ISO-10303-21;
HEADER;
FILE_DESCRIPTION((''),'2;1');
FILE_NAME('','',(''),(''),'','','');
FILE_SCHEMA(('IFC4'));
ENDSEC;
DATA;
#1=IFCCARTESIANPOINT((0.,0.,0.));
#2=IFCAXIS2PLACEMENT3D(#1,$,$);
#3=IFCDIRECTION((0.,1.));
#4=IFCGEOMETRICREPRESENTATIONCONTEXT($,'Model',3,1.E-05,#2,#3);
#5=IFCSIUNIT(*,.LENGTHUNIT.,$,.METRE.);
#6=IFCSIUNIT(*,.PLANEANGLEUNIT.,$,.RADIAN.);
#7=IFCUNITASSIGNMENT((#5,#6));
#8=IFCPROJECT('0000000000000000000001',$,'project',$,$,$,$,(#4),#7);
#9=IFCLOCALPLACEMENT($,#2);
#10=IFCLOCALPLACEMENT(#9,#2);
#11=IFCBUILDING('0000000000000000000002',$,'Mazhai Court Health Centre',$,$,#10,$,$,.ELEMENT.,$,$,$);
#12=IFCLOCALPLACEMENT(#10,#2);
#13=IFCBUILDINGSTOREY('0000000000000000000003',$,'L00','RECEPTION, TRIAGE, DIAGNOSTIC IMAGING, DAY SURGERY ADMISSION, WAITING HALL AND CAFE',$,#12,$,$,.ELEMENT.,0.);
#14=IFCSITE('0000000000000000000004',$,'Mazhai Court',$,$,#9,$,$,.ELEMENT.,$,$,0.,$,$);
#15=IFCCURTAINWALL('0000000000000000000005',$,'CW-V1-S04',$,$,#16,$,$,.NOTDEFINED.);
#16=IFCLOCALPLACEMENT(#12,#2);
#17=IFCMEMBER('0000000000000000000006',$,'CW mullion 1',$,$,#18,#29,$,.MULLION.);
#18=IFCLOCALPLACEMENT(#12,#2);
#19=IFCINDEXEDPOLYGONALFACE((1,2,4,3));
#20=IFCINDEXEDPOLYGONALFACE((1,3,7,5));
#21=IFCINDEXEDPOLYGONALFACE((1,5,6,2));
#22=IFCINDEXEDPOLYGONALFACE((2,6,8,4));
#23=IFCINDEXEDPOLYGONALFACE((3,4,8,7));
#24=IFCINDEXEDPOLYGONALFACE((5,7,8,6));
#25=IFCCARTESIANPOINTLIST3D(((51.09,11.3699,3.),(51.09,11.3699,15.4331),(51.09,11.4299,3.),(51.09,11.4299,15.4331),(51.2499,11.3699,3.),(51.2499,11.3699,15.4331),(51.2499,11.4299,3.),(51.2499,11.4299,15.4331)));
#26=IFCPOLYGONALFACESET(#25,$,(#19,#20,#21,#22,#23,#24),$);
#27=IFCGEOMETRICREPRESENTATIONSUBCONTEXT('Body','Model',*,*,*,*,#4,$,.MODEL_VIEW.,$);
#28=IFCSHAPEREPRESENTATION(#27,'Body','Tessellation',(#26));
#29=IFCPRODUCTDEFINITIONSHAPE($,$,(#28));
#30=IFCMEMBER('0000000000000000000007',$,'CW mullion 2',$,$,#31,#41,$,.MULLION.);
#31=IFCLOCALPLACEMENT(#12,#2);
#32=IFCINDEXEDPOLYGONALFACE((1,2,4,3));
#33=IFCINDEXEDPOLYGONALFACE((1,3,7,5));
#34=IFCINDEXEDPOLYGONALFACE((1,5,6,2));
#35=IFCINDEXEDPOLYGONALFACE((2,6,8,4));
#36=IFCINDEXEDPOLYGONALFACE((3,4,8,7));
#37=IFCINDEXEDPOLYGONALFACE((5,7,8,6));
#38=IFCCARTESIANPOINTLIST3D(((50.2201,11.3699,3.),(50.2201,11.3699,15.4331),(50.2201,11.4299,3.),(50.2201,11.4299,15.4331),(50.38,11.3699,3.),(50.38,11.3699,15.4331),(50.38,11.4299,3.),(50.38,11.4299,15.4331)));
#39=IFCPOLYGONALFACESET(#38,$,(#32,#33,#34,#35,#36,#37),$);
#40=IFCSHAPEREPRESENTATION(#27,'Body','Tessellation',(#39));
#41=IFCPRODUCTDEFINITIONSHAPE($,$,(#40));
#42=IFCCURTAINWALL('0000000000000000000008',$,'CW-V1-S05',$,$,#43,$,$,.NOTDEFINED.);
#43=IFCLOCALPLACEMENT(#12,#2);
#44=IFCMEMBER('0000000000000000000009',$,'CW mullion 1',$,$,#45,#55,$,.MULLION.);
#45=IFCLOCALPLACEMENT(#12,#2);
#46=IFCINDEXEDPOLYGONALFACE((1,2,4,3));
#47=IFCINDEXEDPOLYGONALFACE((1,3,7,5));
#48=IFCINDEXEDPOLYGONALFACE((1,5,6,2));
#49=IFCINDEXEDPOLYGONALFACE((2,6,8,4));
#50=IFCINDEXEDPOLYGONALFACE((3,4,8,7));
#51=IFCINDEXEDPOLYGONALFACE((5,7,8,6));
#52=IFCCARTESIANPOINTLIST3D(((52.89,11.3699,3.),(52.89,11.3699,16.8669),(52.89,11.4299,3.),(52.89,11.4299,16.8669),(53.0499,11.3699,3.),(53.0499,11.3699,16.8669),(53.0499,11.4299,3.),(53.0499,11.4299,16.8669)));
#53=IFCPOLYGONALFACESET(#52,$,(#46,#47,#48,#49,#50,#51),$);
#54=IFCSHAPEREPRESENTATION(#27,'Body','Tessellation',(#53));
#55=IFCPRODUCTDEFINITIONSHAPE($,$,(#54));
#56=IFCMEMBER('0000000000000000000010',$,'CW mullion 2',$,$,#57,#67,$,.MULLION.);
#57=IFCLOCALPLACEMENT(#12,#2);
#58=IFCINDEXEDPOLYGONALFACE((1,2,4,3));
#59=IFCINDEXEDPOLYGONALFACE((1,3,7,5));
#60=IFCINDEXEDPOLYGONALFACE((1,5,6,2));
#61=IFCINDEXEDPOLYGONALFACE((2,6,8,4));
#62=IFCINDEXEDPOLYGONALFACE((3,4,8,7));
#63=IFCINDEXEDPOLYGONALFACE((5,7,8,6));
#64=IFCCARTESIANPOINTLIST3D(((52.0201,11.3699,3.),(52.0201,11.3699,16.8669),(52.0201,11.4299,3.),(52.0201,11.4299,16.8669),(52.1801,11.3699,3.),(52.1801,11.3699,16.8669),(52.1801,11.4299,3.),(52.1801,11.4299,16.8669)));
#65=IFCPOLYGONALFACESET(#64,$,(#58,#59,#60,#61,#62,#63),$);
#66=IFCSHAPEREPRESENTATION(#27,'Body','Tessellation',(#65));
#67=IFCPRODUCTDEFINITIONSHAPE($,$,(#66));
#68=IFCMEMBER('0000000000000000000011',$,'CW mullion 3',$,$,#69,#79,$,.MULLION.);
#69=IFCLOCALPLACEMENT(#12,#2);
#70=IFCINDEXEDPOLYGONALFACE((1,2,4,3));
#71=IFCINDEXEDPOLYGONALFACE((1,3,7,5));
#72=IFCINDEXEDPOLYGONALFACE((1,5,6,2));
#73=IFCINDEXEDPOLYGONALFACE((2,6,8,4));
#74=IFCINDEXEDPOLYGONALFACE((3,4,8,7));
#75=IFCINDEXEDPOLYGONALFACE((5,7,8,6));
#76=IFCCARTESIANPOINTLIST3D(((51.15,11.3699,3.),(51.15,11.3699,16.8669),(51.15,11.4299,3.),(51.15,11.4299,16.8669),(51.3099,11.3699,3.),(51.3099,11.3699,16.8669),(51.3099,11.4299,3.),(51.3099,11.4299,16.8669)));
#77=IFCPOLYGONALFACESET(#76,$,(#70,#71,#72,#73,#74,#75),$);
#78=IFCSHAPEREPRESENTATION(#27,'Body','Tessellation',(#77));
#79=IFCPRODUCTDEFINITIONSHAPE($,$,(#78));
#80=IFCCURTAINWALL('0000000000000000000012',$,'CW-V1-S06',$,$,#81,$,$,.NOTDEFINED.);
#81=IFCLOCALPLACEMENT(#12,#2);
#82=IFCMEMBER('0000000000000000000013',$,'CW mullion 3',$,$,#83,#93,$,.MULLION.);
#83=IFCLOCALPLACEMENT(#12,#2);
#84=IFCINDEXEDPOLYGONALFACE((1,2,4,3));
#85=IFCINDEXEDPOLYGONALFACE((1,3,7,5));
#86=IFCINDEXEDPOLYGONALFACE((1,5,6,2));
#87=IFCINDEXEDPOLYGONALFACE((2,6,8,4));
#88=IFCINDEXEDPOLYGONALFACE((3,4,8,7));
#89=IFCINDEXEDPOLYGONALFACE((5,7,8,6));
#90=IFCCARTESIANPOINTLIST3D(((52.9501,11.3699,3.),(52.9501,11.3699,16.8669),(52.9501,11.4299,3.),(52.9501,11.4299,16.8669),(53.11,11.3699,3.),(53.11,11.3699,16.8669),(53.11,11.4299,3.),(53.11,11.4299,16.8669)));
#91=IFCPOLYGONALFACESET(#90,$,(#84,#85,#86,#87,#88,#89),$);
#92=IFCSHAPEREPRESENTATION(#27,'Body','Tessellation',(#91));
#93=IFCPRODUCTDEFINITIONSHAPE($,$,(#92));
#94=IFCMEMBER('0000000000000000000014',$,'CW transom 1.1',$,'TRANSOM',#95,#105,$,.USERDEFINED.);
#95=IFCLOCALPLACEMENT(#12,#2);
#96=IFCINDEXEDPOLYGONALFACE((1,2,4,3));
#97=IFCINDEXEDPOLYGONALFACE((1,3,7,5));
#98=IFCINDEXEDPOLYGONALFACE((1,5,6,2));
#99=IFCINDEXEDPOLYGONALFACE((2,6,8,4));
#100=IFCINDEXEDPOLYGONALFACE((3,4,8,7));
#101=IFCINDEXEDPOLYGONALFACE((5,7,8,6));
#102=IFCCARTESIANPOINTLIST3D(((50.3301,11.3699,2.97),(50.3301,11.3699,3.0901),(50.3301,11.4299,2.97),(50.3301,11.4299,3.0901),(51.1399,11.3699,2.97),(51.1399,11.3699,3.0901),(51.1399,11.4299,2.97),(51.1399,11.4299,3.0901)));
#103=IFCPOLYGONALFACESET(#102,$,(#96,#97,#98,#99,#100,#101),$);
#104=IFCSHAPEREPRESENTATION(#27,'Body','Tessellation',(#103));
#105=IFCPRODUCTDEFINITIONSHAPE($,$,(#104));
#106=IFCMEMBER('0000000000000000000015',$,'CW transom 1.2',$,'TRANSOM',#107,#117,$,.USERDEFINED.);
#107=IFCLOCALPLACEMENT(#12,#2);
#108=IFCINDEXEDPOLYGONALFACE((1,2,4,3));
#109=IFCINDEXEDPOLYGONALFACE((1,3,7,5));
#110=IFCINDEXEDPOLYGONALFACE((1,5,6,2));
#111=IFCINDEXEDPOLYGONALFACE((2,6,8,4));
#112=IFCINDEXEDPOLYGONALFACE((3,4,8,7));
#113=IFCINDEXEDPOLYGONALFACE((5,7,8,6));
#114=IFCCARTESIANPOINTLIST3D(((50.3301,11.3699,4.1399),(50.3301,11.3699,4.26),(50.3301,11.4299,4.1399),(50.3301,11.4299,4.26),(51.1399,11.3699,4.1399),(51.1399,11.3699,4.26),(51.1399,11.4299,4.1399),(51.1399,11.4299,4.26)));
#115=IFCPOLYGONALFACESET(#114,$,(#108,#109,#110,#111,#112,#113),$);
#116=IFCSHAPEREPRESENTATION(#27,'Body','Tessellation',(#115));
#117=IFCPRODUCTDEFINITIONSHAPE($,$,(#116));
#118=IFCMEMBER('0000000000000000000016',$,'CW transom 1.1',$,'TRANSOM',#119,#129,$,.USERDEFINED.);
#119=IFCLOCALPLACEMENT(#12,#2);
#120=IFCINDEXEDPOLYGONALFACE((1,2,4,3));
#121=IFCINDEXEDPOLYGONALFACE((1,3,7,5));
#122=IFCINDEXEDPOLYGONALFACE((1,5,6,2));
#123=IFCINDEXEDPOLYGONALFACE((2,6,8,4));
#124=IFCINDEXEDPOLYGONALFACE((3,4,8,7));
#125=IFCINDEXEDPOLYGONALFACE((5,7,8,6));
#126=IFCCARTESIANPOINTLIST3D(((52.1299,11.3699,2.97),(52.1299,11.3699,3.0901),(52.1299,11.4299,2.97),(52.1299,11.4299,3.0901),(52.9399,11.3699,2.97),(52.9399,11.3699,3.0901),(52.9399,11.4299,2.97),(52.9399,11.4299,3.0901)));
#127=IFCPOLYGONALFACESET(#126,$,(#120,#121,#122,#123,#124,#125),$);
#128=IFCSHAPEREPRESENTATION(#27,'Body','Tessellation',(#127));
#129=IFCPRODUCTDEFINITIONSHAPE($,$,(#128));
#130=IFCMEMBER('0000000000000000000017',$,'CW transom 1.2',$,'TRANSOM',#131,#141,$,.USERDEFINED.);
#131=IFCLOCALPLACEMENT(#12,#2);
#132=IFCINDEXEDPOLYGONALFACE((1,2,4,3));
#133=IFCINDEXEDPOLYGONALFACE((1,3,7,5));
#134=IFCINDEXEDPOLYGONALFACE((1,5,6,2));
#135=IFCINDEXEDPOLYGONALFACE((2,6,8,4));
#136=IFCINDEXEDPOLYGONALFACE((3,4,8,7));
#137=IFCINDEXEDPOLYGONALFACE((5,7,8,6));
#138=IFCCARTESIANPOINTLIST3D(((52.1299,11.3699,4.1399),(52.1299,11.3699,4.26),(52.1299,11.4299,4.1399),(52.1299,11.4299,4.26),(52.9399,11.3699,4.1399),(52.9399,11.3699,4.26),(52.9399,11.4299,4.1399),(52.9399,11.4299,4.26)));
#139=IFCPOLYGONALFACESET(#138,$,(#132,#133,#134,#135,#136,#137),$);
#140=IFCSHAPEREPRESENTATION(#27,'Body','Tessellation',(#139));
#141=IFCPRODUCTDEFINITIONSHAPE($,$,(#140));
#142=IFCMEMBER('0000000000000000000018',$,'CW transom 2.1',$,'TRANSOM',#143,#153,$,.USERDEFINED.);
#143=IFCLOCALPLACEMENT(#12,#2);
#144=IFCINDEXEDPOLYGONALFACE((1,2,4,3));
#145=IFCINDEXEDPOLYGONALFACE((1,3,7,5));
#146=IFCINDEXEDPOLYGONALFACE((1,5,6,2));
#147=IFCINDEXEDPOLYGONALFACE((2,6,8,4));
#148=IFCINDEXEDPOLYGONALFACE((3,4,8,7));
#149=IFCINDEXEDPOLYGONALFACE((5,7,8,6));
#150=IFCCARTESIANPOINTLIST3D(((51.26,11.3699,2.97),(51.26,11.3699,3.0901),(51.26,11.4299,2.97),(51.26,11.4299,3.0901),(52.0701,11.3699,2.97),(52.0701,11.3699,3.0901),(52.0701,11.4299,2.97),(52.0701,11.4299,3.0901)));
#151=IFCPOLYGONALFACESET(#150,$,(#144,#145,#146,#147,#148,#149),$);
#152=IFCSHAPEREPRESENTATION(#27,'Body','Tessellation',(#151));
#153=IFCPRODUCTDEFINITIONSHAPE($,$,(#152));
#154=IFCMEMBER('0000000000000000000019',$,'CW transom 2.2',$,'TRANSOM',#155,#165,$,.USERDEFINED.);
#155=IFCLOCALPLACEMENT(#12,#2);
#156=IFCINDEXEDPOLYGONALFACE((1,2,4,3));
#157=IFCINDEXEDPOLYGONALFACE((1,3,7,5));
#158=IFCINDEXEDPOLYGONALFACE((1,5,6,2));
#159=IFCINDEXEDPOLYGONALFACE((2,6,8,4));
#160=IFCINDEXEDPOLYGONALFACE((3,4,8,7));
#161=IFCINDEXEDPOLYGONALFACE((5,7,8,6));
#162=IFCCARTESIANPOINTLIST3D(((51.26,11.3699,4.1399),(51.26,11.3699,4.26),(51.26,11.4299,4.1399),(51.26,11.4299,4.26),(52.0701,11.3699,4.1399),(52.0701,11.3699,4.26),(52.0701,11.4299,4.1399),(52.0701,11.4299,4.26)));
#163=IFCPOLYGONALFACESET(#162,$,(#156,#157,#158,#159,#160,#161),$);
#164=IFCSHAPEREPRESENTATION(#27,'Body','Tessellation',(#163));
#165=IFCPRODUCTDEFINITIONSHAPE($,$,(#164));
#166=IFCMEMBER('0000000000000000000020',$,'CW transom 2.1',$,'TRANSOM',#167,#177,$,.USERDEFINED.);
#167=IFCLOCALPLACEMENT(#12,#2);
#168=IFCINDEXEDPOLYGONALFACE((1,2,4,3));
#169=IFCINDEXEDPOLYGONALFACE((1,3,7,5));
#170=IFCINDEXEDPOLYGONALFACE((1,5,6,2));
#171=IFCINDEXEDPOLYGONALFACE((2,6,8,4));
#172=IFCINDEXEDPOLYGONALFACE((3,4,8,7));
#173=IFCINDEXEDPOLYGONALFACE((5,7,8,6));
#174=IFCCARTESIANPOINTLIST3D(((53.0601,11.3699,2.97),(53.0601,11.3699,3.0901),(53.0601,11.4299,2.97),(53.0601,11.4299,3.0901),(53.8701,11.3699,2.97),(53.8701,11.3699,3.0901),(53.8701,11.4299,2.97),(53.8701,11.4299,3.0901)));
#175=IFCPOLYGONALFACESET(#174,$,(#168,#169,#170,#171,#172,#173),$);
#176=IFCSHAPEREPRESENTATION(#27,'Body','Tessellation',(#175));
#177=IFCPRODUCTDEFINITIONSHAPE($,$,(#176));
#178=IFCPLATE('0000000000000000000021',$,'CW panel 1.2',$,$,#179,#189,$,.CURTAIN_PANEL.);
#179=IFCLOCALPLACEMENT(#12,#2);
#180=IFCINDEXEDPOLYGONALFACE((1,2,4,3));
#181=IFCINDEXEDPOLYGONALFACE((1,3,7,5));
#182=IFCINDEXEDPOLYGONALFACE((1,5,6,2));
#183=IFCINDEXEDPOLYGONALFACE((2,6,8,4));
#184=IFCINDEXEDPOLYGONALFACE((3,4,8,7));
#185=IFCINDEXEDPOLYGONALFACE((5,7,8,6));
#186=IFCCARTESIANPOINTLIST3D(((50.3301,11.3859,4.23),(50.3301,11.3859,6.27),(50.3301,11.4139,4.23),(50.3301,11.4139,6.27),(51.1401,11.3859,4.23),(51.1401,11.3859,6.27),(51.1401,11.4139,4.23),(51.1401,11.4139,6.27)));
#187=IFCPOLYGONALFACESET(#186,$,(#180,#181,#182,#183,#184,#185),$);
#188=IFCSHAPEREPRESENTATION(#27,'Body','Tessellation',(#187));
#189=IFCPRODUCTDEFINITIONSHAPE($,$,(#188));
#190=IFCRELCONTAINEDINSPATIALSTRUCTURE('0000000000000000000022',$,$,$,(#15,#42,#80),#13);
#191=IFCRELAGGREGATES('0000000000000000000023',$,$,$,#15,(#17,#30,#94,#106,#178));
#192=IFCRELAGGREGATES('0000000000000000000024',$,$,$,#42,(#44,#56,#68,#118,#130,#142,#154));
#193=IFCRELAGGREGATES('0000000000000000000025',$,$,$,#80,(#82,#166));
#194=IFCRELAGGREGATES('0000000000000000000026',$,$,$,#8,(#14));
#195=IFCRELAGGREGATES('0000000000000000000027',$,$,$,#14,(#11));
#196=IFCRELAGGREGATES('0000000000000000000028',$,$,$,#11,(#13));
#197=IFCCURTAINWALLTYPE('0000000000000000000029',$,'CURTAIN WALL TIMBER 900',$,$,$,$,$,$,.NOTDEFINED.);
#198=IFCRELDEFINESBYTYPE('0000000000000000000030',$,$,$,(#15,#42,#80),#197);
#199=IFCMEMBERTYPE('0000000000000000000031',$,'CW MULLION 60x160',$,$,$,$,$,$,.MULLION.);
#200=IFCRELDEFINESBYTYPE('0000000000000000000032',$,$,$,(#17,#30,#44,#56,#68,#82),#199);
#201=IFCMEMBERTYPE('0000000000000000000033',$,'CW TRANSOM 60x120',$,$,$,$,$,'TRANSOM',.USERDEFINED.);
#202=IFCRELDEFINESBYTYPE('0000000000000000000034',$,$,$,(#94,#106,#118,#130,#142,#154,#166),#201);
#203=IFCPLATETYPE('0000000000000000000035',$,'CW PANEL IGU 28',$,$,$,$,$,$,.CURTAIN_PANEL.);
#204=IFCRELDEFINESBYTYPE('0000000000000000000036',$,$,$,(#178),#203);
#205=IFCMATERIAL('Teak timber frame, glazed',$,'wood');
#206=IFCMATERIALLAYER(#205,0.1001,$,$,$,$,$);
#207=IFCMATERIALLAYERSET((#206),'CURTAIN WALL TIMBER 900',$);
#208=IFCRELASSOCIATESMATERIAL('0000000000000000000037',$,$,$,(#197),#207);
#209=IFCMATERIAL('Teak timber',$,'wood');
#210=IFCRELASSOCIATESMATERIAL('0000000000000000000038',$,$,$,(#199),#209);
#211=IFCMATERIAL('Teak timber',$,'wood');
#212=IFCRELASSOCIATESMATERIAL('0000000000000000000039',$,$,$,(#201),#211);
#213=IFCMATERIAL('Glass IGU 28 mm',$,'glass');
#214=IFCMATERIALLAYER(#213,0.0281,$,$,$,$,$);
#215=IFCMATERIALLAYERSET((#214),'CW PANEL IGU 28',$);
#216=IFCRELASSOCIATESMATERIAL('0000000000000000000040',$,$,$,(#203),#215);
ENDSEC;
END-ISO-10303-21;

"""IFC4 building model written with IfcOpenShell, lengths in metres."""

from ifc_helpers import new_model, si_unit, direction, frame, origin, origin_2d, place, context, subcontext, project, spatial, rectangle, extrude, material, layer, layer_set, material_profile, profile_set, type_object, element, aggregate, save


model = new_model("IFC4")

# Units and contexts
model_context = context("Model", 3, precision=1e-05, world=origin(), true_north=direction((0.0, 1.0)))
body_context = subcontext(model_context, "Body", "Model", "MODEL_VIEW")
ifc_project = project(units=[si_unit("LENGTHUNIT", "METRE"), si_unit("PLANEANGLEUNIT", "RADIAN")], contexts=[model_context])

# Site, building, storey
site_placement = place(None, origin())
site = spatial("IfcSite", under=ifc_project, at=site_placement, Name="Mazhai Court", CompositionType="ELEMENT", RefElevation=0.0)
building_placement = place(site_placement, origin())
building = spatial("IfcBuilding", under=site, at=building_placement, Name="Mazhai Court Health Centre", CompositionType="ELEMENT")
storey_placement = place(building_placement, origin())
storey = spatial("IfcBuildingStorey", under=building, at=storey_placement, Name="L00", Description="RECEPTION, TRIAGE, DIAGNOSTIC IMAGING, DAY SURGERY ADMISSION, WAITING HALL AND CAFE", CompositionType="ELEMENT", Elevation=0.0)

# Curtain walls, members
ifc_material_1 = material(Name="Teak timber frame, glazed", Category="wood")
ifc_layer_1 = layer(ifc_material_1, 0.1001)
ifc_layer_set_1 = layer_set([ifc_layer_1], Name="CURTAIN WALL TIMBER 900")
curtain_wall_type = type_object("IfcCurtainWallType", Name="CURTAIN WALL TIMBER 900", PredefinedType="NOTDEFINED", material=ifc_layer_set_1)
curtain_wall_1_placement = place(storey_placement, origin())
curtain_wall_1 = element("IfcCurtainWall", 1, at=curtain_wall_1_placement, inside=storey, type_object=curtain_wall_type, Name="CW-V1-S04", PredefinedType="NOTDEFINED")
ifc_material_2 = material(Name="Teak timber", Category="wood")
ifc_material_profile_1 = material_profile(ifc_material_2, rectangle(XDim=0.0601, YDim=0.1599, at=origin_2d()), Name="CW MULLION 60x160")
ifc_profile_set_1 = profile_set([ifc_material_profile_1], Name="Teak timber")
member_type_1 = type_object("IfcMemberType", Name="CW MULLION 60x160", PredefinedType="MULLION", material=ifc_profile_set_1)
member_1_placement = place(storey_placement, frame((51.1699, 11.3999, 3.0), z_axis=(0.0, 0.0, 1.0), x_axis=(0.0, -1.0, 0.0)))
member_1 = element("IfcMember", 2, at=member_1_placement, type_object=member_type_1, Name="CW mullion 1", PredefinedType="MULLION", context=body_context, shape_type="SweptSolid", body=[
    extrude(rectangle(XDim=0.0601, YDim=0.1599, at=origin_2d()), origin(), (0.0, 0.0, 1.0), 12.4331),
])
member_2_placement = place(storey_placement, frame((50.3, 11.3999, 3.0), z_axis=(0.0, 0.0, 1.0), x_axis=(0.0, -1.0, 0.0)))
member_2 = element("IfcMember", 3, at=member_2_placement, type_object=member_type_1, Name="CW mullion 2", PredefinedType="MULLION", context=body_context, shape_type="SweptSolid", body=[
    extrude(rectangle(XDim=0.0601, YDim=0.1599, at=origin_2d()), origin(), (0.0, 0.0, 1.0), 12.4331),
])
curtain_wall_2_placement = place(storey_placement, origin())
curtain_wall_2 = element("IfcCurtainWall", 4, at=curtain_wall_2_placement, inside=storey, type_object=curtain_wall_type, Name="CW-V1-S05", PredefinedType="NOTDEFINED")
member_3_placement = place(storey_placement, frame((52.97, 11.3999, 3.0), z_axis=(0.0, 0.0, 1.0), x_axis=(0.0, -1.0, 0.0)))
member_3 = element("IfcMember", 5, at=member_3_placement, type_object=member_type_1, Name="CW mullion 1", PredefinedType="MULLION", context=body_context, shape_type="SweptSolid", body=[
    extrude(rectangle(XDim=0.0601, YDim=0.1599, at=origin_2d()), origin(), (0.0, 0.0, 1.0), 13.8669),
])
member_4_placement = place(storey_placement, frame((52.1001, 11.3999, 3.0), z_axis=(0.0, 0.0, 1.0), x_axis=(0.0, -1.0, 0.0)))
member_4 = element("IfcMember", 6, at=member_4_placement, type_object=member_type_1, Name="CW mullion 2", PredefinedType="MULLION", context=body_context, shape_type="SweptSolid", body=[
    extrude(rectangle(XDim=0.0601, YDim=0.1599, at=origin_2d()), origin(), (0.0, 0.0, 1.0), 13.8669),
])
member_5_placement = place(storey_placement, frame((51.23, 11.3999, 3.0), z_axis=(0.0, 0.0, 1.0), x_axis=(0.0, -1.0, 0.0)))
member_5 = element("IfcMember", 7, at=member_5_placement, type_object=member_type_1, Name="CW mullion 3", PredefinedType="MULLION", context=body_context, shape_type="SweptSolid", body=[
    extrude(rectangle(XDim=0.0601, YDim=0.1599, at=origin_2d()), origin(), (0.0, 0.0, 1.0), 13.8669),
])

# Curtain wall, member
curtain_wall_3_placement = place(storey_placement, origin())
curtain_wall_3 = element("IfcCurtainWall", 8, at=curtain_wall_3_placement, inside=storey, type_object=curtain_wall_type, Name="CW-V1-S06", PredefinedType="NOTDEFINED")
member_6_placement = place(storey_placement, frame((53.03, 11.3999, 3.0), z_axis=(0.0, 0.0, 1.0), x_axis=(0.0, -1.0, 0.0)))
member_6 = element("IfcMember", 9, at=member_6_placement, type_object=member_type_1, Name="CW mullion 3", PredefinedType="MULLION", context=body_context, shape_type="SweptSolid", body=[
    extrude(rectangle(XDim=0.0601, YDim=0.1599, at=origin_2d()), origin(), (0.0, 0.0, 1.0), 13.8669),
])

# Members
ifc_material_3 = material(Name="Teak timber", Category="wood")
ifc_material_profile_2 = material_profile(ifc_material_3, rectangle(XDim=0.0601, YDim=0.1201, at=origin_2d()), Name="CW TRANSOM 60x120")
ifc_profile_set_2 = profile_set([ifc_material_profile_2], Name="Teak timber")
member_type_2 = type_object("IfcMemberType", Name="CW TRANSOM 60x120", ElementType="TRANSOM", PredefinedType="USERDEFINED", material=ifc_profile_set_2)
member_7_placement = place(storey_placement, frame((51.1399, 11.3999, 3.03), z_axis=(-1.0, 0.0, 0.0), x_axis=(0.0, -1.0, 0.0)))
member_7 = element("IfcMember", 10, at=member_7_placement, type_object=member_type_2, Name="CW transom 1.1", ObjectType="TRANSOM", PredefinedType="USERDEFINED", context=body_context, shape_type="SweptSolid", body=[
    extrude(rectangle(XDim=0.0601, YDim=0.1201, at=origin_2d()), origin(), (0.0, 0.0, 1.0), 0.8098),
])
member_8_placement = place(storey_placement, frame((51.1399, 11.3999, 4.2), z_axis=(-1.0, 0.0, 0.0), x_axis=(0.0, -1.0, 0.0)))
member_8 = element("IfcMember", 11, at=member_8_placement, type_object=member_type_2, Name="CW transom 1.2", ObjectType="TRANSOM", PredefinedType="USERDEFINED", context=body_context, shape_type="SweptSolid", body=[
    extrude(rectangle(XDim=0.0601, YDim=0.1201, at=origin_2d()), origin(), (0.0, 0.0, 1.0), 0.8098),
])
member_9_placement = place(storey_placement, frame((52.9399, 11.3999, 3.03), z_axis=(-1.0, 0.0, 0.0), x_axis=(0.0, -1.0, 0.0)))
member_9 = element("IfcMember", 12, at=member_9_placement, type_object=member_type_2, Name="CW transom 1.1", ObjectType="TRANSOM", PredefinedType="USERDEFINED", context=body_context, shape_type="SweptSolid", body=[
    extrude(rectangle(XDim=0.0601, YDim=0.1201, at=origin_2d()), origin(), (0.0, 0.0, 1.0), 0.8101),
])
member_10_placement = place(storey_placement, frame((52.9399, 11.3999, 4.2), z_axis=(-1.0, 0.0, 0.0), x_axis=(0.0, -1.0, 0.0)))
member_10 = element("IfcMember", 13, at=member_10_placement, type_object=member_type_2, Name="CW transom 1.2", ObjectType="TRANSOM", PredefinedType="USERDEFINED", context=body_context, shape_type="SweptSolid", body=[
    extrude(rectangle(XDim=0.0601, YDim=0.1201, at=origin_2d()), origin(), (0.0, 0.0, 1.0), 0.8101),
])
member_11_placement = place(storey_placement, frame((52.0701, 11.3999, 3.03), z_axis=(-1.0, 0.0, 0.0), x_axis=(0.0, -1.0, 0.0)))
member_11 = element("IfcMember", 14, at=member_11_placement, type_object=member_type_2, Name="CW transom 2.1", ObjectType="TRANSOM", PredefinedType="USERDEFINED", context=body_context, shape_type="SweptSolid", body=[
    extrude(rectangle(XDim=0.0601, YDim=0.1201, at=origin_2d()), origin(), (0.0, 0.0, 1.0), 0.8101),
])
member_12_placement = place(storey_placement, frame((52.0701, 11.3999, 4.2), z_axis=(-1.0, 0.0, 0.0), x_axis=(0.0, -1.0, 0.0)))
member_12 = element("IfcMember", 15, at=member_12_placement, type_object=member_type_2, Name="CW transom 2.2", ObjectType="TRANSOM", PredefinedType="USERDEFINED", context=body_context, shape_type="SweptSolid", body=[
    extrude(rectangle(XDim=0.0601, YDim=0.1201, at=origin_2d()), origin(), (0.0, 0.0, 1.0), 0.8101),
])
member_13_placement = place(storey_placement, frame((53.8701, 11.3999, 3.03), z_axis=(-1.0, 0.0, 0.0), x_axis=(0.0, -1.0, 0.0)))
member_13 = element("IfcMember", 16, at=member_13_placement, type_object=member_type_2, Name="CW transom 2.1", ObjectType="TRANSOM", PredefinedType="USERDEFINED", context=body_context, shape_type="SweptSolid", body=[
    extrude(rectangle(XDim=0.0601, YDim=0.1201, at=origin_2d()), origin(), (0.0, 0.0, 1.0), 0.8101),
])

# Plate
ifc_material_4 = material(Name="Glass IGU 28 mm", Category="glass")
ifc_layer_2 = layer(ifc_material_4, 0.0281)
ifc_layer_set_2 = layer_set([ifc_layer_2], Name="CW PANEL IGU 28")
plate_type_1 = type_object("IfcPlateType", Name="CW PANEL IGU 28", PredefinedType="CURTAIN_PANEL", material=ifc_layer_set_2)
plate_1_placement = place(storey_placement, frame((50.7351, 11.3999, 4.23), z_axis=(0.0, 0.0, 1.0), x_axis=(-1.0, 0.0, 0.0)))
plate_1 = element("IfcPlate", 17, at=plate_1_placement, type_object=plate_type_1, Name="CW panel 1.2", PredefinedType="CURTAIN_PANEL", context=body_context, shape_type="SweptSolid", body=[
    extrude(rectangle(XDim=0.8101, YDim=0.0281, at=origin_2d()), origin(), (0.0, 0.0, 1.0), 2.04),
])
aggregate(curtain_wall_1, [member_1, member_2, member_7, member_8, plate_1])
aggregate(curtain_wall_2, [member_3, member_4, member_5, member_9, member_10, member_11, member_12])
aggregate(curtain_wall_3, [member_6, member_13])

save(model, "model.ifc")
